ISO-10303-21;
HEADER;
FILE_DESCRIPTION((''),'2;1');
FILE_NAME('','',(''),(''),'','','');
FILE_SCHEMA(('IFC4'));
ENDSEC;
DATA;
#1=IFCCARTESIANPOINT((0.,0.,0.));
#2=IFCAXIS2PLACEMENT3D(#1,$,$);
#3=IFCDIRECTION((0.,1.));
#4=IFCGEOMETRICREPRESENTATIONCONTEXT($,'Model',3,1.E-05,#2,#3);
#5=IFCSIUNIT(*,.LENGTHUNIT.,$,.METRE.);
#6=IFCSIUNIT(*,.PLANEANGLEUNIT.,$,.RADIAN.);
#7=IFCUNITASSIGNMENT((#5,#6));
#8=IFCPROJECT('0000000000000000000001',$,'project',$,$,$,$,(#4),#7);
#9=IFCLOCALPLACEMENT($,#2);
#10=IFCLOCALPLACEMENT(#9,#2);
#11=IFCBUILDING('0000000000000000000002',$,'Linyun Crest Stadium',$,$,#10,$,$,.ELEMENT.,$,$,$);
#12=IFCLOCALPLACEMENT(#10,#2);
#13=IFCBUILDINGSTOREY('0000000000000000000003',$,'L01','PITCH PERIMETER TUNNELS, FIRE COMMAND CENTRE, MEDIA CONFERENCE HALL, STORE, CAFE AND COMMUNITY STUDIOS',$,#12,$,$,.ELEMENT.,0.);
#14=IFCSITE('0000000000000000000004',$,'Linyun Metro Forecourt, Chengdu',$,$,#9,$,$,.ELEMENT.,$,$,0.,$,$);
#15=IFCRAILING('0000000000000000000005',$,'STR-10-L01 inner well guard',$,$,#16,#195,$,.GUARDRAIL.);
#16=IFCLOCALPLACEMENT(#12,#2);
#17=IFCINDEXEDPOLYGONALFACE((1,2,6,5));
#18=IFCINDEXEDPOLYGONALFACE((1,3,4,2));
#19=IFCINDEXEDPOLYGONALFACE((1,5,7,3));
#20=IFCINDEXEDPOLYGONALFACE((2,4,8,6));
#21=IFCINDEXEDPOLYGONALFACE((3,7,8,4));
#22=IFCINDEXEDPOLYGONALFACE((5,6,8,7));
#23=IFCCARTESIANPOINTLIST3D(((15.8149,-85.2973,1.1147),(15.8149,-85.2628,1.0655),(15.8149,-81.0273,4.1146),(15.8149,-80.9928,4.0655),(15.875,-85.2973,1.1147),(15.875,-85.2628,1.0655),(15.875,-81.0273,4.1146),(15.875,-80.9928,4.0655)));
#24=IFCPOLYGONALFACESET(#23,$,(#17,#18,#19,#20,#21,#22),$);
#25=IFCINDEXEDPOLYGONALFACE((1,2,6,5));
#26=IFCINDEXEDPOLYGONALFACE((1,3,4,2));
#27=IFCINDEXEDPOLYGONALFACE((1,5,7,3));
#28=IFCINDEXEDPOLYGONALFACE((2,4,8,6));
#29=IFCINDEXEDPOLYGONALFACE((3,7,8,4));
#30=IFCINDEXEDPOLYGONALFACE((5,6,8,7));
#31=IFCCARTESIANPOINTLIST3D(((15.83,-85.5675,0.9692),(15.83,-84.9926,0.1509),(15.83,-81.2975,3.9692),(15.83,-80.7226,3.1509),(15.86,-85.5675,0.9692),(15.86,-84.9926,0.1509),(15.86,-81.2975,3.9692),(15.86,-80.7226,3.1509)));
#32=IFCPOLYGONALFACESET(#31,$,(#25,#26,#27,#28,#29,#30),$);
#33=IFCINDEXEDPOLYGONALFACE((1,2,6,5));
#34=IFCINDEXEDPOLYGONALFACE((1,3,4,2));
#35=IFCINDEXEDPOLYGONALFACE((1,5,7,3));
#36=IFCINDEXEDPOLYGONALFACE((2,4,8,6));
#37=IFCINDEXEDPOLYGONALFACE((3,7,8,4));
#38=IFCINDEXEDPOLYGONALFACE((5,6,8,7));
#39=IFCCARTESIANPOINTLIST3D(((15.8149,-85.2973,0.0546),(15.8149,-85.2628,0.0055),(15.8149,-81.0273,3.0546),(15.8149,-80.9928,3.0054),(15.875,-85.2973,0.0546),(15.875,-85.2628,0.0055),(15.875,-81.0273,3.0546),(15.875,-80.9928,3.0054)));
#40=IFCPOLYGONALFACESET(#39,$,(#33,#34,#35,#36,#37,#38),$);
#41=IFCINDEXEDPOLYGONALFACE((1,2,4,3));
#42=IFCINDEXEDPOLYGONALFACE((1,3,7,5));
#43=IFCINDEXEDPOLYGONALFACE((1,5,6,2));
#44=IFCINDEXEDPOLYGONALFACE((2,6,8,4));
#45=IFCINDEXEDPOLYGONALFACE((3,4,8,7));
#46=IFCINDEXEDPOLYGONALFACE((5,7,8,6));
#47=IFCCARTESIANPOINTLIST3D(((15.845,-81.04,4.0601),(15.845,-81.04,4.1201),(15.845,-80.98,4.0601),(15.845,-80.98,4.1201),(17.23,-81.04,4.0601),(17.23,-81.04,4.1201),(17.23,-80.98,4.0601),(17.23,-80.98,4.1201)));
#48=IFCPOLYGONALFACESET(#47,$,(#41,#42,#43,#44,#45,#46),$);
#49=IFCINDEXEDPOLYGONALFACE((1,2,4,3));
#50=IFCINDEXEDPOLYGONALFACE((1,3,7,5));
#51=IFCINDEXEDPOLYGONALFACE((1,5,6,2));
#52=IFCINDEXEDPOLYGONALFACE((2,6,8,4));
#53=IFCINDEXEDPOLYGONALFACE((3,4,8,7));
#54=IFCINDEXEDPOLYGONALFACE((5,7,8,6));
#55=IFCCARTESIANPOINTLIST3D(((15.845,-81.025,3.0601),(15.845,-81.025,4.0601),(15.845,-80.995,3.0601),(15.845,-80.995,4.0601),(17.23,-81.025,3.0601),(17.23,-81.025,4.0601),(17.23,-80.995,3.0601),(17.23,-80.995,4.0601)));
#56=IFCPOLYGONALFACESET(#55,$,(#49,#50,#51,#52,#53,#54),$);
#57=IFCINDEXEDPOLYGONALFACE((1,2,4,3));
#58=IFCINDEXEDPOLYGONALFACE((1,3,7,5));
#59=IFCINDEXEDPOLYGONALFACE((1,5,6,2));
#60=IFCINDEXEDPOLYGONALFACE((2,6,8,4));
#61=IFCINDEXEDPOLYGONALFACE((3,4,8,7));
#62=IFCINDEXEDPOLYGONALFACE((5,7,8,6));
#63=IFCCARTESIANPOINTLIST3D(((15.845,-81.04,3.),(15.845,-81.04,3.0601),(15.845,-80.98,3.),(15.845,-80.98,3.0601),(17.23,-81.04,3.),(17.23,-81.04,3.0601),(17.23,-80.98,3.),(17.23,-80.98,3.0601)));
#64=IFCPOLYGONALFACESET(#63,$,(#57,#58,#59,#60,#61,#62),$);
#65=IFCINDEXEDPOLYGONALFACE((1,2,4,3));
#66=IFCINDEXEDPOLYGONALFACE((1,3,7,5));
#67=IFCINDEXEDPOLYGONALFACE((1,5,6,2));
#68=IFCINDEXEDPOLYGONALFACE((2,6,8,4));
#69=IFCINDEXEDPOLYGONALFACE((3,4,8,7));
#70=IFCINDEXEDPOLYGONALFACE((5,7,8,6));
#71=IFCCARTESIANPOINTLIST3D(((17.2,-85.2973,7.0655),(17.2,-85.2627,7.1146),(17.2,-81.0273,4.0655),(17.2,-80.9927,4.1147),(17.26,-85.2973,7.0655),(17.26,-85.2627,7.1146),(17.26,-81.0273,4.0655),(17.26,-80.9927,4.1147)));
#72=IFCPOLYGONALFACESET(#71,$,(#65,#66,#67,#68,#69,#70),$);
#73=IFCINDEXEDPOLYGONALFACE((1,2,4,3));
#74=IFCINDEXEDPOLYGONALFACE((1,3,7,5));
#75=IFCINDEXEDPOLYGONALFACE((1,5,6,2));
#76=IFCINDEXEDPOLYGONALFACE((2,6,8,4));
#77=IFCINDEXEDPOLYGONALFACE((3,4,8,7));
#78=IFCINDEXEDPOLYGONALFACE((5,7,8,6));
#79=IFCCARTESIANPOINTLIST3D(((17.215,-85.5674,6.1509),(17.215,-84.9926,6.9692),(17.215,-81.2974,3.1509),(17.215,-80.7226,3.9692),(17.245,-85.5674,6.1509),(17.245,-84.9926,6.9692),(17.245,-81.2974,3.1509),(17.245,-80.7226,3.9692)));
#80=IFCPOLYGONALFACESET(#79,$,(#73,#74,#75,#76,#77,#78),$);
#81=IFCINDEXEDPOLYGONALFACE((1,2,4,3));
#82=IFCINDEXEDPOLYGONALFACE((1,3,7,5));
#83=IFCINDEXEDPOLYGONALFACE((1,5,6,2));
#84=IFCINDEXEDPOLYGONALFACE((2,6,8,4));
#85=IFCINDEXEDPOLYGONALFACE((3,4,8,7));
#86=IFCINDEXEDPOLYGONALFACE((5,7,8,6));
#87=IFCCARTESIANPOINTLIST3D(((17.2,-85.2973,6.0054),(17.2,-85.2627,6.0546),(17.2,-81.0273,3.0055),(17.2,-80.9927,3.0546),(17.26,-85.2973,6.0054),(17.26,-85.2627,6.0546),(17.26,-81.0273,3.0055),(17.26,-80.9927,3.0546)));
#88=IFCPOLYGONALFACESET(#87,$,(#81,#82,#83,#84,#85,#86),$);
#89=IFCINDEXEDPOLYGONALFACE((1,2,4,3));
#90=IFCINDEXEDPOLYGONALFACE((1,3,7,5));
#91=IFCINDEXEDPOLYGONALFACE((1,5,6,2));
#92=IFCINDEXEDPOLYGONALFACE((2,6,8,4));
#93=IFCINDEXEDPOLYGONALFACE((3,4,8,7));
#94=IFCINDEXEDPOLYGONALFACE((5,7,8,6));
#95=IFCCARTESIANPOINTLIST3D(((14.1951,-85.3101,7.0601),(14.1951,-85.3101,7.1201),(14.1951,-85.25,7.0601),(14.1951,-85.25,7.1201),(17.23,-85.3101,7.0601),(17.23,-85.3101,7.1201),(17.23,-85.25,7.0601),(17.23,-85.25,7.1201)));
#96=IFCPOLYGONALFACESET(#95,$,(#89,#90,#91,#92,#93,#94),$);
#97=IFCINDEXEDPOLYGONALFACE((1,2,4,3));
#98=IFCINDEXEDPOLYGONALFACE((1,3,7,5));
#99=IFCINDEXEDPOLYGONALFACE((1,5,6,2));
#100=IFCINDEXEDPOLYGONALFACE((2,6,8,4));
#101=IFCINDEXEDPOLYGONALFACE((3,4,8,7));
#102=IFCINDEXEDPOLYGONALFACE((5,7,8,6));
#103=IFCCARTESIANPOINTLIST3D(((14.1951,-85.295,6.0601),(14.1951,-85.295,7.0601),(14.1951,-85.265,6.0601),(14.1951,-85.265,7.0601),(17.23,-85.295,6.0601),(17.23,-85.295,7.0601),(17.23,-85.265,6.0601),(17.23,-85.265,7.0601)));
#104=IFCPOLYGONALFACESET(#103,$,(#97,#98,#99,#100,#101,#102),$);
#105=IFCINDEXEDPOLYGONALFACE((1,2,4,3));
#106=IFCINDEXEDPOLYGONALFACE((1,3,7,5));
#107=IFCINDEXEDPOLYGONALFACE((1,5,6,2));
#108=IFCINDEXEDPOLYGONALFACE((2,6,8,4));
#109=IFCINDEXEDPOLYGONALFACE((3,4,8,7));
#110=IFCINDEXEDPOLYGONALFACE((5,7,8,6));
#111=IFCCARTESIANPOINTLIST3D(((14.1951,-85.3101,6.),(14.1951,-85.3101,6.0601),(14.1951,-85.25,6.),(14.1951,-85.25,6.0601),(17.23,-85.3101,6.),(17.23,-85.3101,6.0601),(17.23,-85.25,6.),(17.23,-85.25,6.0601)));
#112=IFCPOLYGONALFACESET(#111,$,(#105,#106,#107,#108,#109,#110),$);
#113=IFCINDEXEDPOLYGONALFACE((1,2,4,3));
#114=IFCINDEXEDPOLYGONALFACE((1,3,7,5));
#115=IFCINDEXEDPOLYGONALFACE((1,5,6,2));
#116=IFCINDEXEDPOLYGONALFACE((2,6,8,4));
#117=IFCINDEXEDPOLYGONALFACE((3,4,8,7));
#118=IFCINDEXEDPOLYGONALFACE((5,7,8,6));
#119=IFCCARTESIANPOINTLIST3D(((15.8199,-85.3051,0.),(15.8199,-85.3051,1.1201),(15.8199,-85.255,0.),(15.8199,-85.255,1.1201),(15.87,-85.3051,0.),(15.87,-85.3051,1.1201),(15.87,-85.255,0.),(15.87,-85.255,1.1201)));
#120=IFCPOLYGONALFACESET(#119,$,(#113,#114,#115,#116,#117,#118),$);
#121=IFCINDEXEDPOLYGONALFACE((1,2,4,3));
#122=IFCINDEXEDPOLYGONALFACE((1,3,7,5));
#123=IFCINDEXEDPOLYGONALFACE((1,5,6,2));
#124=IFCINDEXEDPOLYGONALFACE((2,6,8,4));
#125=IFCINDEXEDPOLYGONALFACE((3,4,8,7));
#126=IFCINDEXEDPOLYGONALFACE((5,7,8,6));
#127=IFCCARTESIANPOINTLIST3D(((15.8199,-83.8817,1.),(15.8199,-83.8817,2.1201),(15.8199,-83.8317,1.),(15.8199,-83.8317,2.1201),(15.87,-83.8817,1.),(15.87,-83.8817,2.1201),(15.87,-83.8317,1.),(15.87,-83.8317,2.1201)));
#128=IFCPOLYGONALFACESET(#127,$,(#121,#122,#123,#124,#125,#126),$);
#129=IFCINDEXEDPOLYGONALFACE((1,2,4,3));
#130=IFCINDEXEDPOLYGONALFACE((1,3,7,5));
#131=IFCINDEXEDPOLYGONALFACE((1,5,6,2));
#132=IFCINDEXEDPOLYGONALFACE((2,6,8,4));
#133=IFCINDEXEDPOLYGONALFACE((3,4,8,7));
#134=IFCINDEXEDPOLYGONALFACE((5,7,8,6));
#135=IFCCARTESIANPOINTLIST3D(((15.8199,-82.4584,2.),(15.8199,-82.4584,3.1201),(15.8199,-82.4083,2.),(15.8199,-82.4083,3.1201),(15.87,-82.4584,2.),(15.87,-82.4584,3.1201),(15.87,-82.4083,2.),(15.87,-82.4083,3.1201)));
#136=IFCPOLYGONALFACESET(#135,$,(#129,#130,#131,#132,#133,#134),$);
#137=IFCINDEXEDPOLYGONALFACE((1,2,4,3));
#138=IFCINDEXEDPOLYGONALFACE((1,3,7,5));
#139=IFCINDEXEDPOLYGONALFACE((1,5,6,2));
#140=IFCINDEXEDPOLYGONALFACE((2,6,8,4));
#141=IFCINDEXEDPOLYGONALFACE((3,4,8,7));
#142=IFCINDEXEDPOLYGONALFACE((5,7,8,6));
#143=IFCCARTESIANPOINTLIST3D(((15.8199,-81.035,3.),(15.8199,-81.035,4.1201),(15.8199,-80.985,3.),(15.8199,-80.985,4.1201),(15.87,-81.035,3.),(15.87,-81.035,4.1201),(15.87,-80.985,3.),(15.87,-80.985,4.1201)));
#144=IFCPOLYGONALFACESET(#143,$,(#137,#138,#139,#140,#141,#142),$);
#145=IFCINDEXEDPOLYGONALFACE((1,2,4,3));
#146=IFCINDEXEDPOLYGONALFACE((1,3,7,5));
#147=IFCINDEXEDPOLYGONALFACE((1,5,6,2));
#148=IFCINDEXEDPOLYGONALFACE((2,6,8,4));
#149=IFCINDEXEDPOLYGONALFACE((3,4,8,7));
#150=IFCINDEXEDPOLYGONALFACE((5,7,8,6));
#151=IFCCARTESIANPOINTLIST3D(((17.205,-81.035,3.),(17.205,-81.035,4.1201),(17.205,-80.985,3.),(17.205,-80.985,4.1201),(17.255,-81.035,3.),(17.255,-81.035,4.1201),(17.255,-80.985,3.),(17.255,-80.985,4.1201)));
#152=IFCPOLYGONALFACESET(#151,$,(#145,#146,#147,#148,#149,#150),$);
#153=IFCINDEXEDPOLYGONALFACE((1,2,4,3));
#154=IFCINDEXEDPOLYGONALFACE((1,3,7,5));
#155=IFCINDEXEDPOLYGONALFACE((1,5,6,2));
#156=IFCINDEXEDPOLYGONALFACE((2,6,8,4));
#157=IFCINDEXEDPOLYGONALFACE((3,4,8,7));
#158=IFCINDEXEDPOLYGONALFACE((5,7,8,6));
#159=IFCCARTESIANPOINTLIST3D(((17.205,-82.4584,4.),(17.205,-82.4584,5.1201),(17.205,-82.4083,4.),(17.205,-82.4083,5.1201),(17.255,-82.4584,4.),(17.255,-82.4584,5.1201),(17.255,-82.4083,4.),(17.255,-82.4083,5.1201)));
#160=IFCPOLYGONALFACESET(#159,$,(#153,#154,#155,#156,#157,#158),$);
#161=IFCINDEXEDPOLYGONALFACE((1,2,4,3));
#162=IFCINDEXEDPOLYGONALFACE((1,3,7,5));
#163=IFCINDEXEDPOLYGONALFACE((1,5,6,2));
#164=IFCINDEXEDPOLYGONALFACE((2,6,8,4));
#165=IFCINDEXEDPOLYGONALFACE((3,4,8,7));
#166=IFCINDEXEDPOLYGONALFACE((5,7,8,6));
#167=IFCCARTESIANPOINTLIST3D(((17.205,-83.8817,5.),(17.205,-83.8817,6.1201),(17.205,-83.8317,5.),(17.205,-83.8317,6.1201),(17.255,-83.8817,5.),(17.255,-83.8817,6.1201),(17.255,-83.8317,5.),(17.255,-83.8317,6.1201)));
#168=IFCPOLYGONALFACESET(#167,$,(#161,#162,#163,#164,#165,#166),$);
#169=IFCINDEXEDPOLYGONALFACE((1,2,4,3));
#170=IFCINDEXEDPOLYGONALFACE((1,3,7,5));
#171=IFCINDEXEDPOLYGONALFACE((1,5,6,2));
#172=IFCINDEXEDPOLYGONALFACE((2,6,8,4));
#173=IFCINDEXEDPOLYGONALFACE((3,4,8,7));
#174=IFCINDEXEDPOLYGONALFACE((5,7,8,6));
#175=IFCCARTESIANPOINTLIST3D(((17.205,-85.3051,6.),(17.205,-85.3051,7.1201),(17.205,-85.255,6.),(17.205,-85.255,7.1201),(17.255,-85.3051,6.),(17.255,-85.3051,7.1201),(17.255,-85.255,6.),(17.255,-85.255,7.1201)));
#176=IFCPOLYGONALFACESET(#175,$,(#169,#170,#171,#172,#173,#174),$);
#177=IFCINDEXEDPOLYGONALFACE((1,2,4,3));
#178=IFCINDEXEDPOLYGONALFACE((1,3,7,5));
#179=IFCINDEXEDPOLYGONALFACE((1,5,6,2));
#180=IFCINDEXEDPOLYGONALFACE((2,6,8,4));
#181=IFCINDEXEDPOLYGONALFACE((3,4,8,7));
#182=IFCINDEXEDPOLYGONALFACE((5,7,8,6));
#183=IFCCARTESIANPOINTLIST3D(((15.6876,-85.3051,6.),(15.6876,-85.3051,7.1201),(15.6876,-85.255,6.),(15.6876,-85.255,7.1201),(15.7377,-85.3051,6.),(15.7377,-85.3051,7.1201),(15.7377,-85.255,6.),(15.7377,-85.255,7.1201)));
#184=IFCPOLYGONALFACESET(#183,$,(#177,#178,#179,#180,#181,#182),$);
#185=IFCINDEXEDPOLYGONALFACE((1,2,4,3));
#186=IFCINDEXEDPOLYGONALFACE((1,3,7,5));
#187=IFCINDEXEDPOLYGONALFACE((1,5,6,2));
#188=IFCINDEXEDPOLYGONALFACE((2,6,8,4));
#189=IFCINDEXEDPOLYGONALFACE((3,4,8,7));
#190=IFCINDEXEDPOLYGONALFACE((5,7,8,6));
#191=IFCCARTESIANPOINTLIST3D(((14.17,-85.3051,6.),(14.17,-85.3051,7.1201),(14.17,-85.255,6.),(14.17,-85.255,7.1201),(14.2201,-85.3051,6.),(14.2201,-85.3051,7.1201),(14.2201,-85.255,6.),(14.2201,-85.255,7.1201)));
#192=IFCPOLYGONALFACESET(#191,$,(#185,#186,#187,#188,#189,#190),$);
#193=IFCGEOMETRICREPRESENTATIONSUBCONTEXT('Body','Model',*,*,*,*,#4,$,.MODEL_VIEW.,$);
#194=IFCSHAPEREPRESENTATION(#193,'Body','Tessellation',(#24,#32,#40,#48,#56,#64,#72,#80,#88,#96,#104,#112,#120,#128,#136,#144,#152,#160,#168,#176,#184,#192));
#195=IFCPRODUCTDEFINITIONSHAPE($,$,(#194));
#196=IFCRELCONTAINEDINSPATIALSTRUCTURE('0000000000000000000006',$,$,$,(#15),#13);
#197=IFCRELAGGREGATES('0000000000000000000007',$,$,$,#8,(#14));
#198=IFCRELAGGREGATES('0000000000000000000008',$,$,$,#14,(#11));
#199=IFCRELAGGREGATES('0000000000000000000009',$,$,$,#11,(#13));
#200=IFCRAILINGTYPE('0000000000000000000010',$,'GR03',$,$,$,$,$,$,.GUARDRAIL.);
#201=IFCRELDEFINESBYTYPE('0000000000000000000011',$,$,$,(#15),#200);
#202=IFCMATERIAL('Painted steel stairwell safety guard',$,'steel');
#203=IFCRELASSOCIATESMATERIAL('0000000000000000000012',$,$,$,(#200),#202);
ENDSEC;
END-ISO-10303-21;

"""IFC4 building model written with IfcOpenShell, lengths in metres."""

from ifc_helpers import new_model, si_unit, direction, frame, origin, origin_2d, place, context, subcontext, project, spatial, rectangle, extrude, material, type_object, element, save


model = new_model("IFC4")

# Units and contexts
model_context = context("Model", 3, precision=1e-05, world=origin(), true_north=direction((0.0, 1.0)))
body_context = subcontext(model_context, "Body", "Model", "MODEL_VIEW")
ifc_project = project(units=[si_unit("LENGTHUNIT", "METRE"), si_unit("PLANEANGLEUNIT", "RADIAN")], contexts=[model_context])

# Site, building, storey
site_placement = place(None, origin())
site = spatial("IfcSite", under=ifc_project, at=site_placement, Name="Linyun Metro Forecourt, Chengdu", CompositionType="ELEMENT", RefElevation=0.0)
building_placement = place(site_placement, origin())
building = spatial("IfcBuilding", under=site, at=building_placement, Name="Linyun Crest Stadium", CompositionType="ELEMENT")
storey_placement = place(building_placement, origin())
storey = spatial("IfcBuildingStorey", under=building, at=storey_placement, Name="L01", Description="PITCH PERIMETER TUNNELS, FIRE COMMAND CENTRE, MEDIA CONFERENCE HALL, STORE, CAFE AND COMMUNITY STUDIOS", CompositionType="ELEMENT", Elevation=0.0)

# Railing
ifc_material_1 = material(Name="Painted steel stairwell safety guard", Category="steel")
railing_type_1 = type_object("IfcRailingType", Name="GR03", PredefinedType="GUARDRAIL", material=ifc_material_1)
railing_1_placement = place(storey_placement, frame((15.845, -85.28, 0.0)))
element("IfcRailing", 1, at=railing_1_placement, inside=storey, type_object=railing_type_1, Name="STR-10-L01 inner well guard", PredefinedType="GUARDRAIL", context=body_context, shape_type="SweptSolid", body=[
    extrude(rectangle(XDim=0.0601, YDim=0.0601, at=origin_2d()), frame((0.0, 0.0, 1.0901), z_axis=(0.0, 0.818242, 0.574874), x_axis=(-1.0, 0.0, 0.0)), (0.0, 0.0, 1.0), 5.2185),
    extrude(rectangle(XDim=0.03, YDim=1.0, at=origin_2d()), frame((0.0, 0.0, 0.5601), z_axis=(0.0, 0.818242, 0.574874), x_axis=(-1.0, 0.0, 0.0)), (0.0, 0.0, 1.0), 5.2185),
    extrude(rectangle(XDim=0.0601, YDim=0.0601, at=origin_2d()), frame((0.0, 0.0, 0.03), z_axis=(0.0, 0.818242, 0.574874), x_axis=(-1.0, 0.0, 0.0)), (0.0, 0.0, 1.0), 5.2185),
    extrude(rectangle(XDim=0.0601, YDim=0.0601, at=origin_2d()), frame((0.0, 4.27, 4.0901), z_axis=(1.0, 0.0, 0.0), x_axis=(0.0, 1.0, 0.0)), (0.0, 0.0, 1.0), 1.385),
    extrude(rectangle(XDim=0.03, YDim=1.0, at=origin_2d()), frame((0.0, 4.27, 3.5601), z_axis=(1.0, 0.0, 0.0), x_axis=(0.0, 1.0, 0.0)), (0.0, 0.0, 1.0), 1.385),
    extrude(rectangle(XDim=0.0601, YDim=0.0601, at=origin_2d()), frame((0.0, 4.27, 3.03), z_axis=(1.0, 0.0, 0.0), x_axis=(0.0, 1.0, 0.0)), (0.0, 0.0, 1.0), 1.385),
    extrude(rectangle(XDim=0.0601, YDim=0.0601, at=origin_2d()), frame((1.385, 4.27, 4.0901), z_axis=(0.0, -0.818242, 0.574874), x_axis=(1.0, 0.0, 0.0)), (0.0, 0.0, 1.0), 5.2185),
    extrude(rectangle(XDim=0.03, YDim=1.0, at=origin_2d()), frame((1.385, 4.27, 3.5601), z_axis=(0.0, -0.818242, 0.574874), x_axis=(1.0, 0.0, 0.0)), (0.0, 0.0, 1.0), 5.2185),
    extrude(rectangle(XDim=0.0601, YDim=0.0601, at=origin_2d()), frame((1.385, 4.27, 3.03), z_axis=(0.0, -0.818242, 0.574874), x_axis=(1.0, 0.0, 0.0)), (0.0, 0.0, 1.0), 5.2185),
    extrude(rectangle(XDim=0.0601, YDim=0.0601, at=origin_2d()), frame((1.385, 0.0, 7.0901), z_axis=(-1.0, 0.0, 0.0), x_axis=(0.0, -1.0, 0.0)), (0.0, 0.0, 1.0), 3.0349),
    extrude(rectangle(XDim=0.03, YDim=1.0, at=origin_2d()), frame((1.385, 0.0, 6.5601), z_axis=(-1.0, 0.0, 0.0), x_axis=(0.0, -1.0, 0.0)), (0.0, 0.0, 1.0), 3.0349),
    extrude(rectangle(XDim=0.0601, YDim=0.0601, at=origin_2d()), frame((1.385, 0.0, 6.03), z_axis=(-1.0, 0.0, 0.0), x_axis=(0.0, -1.0, 0.0)), (0.0, 0.0, 1.0), 3.0349),
    extrude(rectangle(XDim=0.05, YDim=0.05, at=origin_2d()), origin(), (0.0, 0.0, 1.0), 1.1201),
    extrude(rectangle(XDim=0.05, YDim=0.05, at=origin_2d()), frame((0.0, 1.4233, 1.0)), (0.0, 0.0, 1.0), 1.1201),
    extrude(rectangle(XDim=0.05, YDim=0.05, at=origin_2d()), frame((0.0, 2.8467, 2.0)), (0.0, 0.0, 1.0), 1.1201),
    extrude(rectangle(XDim=0.05, YDim=0.05, at=origin_2d()), frame((0.0, 4.27, 3.0)), (0.0, 0.0, 1.0), 1.1201),
    extrude(rectangle(XDim=0.05, YDim=0.05, at=origin_2d()), frame((1.385, 4.27, 3.0)), (0.0, 0.0, 1.0), 1.1201),
    extrude(rectangle(XDim=0.05, YDim=0.05, at=origin_2d()), frame((1.385, 2.8467, 4.0)), (0.0, 0.0, 1.0), 1.1201),
    extrude(rectangle(XDim=0.05, YDim=0.05, at=origin_2d()), frame((1.385, 1.4233, 5.0)), (0.0, 0.0, 1.0), 1.1201),
    extrude(rectangle(XDim=0.05, YDim=0.05, at=origin_2d()), frame((1.385, 0.0, 6.0)), (0.0, 0.0, 1.0), 1.1201),
    extrude(rectangle(XDim=0.05, YDim=0.05, at=origin_2d()), frame((-0.1323, 0.0, 6.0)), (0.0, 0.0, 1.0), 1.1201),
    extrude(rectangle(XDim=0.05, YDim=0.05, at=origin_2d()), frame((-1.6499, 0.0, 6.0)), (0.0, 0.0, 1.0), 1.1201),
])

save(model, "model.ifc")
